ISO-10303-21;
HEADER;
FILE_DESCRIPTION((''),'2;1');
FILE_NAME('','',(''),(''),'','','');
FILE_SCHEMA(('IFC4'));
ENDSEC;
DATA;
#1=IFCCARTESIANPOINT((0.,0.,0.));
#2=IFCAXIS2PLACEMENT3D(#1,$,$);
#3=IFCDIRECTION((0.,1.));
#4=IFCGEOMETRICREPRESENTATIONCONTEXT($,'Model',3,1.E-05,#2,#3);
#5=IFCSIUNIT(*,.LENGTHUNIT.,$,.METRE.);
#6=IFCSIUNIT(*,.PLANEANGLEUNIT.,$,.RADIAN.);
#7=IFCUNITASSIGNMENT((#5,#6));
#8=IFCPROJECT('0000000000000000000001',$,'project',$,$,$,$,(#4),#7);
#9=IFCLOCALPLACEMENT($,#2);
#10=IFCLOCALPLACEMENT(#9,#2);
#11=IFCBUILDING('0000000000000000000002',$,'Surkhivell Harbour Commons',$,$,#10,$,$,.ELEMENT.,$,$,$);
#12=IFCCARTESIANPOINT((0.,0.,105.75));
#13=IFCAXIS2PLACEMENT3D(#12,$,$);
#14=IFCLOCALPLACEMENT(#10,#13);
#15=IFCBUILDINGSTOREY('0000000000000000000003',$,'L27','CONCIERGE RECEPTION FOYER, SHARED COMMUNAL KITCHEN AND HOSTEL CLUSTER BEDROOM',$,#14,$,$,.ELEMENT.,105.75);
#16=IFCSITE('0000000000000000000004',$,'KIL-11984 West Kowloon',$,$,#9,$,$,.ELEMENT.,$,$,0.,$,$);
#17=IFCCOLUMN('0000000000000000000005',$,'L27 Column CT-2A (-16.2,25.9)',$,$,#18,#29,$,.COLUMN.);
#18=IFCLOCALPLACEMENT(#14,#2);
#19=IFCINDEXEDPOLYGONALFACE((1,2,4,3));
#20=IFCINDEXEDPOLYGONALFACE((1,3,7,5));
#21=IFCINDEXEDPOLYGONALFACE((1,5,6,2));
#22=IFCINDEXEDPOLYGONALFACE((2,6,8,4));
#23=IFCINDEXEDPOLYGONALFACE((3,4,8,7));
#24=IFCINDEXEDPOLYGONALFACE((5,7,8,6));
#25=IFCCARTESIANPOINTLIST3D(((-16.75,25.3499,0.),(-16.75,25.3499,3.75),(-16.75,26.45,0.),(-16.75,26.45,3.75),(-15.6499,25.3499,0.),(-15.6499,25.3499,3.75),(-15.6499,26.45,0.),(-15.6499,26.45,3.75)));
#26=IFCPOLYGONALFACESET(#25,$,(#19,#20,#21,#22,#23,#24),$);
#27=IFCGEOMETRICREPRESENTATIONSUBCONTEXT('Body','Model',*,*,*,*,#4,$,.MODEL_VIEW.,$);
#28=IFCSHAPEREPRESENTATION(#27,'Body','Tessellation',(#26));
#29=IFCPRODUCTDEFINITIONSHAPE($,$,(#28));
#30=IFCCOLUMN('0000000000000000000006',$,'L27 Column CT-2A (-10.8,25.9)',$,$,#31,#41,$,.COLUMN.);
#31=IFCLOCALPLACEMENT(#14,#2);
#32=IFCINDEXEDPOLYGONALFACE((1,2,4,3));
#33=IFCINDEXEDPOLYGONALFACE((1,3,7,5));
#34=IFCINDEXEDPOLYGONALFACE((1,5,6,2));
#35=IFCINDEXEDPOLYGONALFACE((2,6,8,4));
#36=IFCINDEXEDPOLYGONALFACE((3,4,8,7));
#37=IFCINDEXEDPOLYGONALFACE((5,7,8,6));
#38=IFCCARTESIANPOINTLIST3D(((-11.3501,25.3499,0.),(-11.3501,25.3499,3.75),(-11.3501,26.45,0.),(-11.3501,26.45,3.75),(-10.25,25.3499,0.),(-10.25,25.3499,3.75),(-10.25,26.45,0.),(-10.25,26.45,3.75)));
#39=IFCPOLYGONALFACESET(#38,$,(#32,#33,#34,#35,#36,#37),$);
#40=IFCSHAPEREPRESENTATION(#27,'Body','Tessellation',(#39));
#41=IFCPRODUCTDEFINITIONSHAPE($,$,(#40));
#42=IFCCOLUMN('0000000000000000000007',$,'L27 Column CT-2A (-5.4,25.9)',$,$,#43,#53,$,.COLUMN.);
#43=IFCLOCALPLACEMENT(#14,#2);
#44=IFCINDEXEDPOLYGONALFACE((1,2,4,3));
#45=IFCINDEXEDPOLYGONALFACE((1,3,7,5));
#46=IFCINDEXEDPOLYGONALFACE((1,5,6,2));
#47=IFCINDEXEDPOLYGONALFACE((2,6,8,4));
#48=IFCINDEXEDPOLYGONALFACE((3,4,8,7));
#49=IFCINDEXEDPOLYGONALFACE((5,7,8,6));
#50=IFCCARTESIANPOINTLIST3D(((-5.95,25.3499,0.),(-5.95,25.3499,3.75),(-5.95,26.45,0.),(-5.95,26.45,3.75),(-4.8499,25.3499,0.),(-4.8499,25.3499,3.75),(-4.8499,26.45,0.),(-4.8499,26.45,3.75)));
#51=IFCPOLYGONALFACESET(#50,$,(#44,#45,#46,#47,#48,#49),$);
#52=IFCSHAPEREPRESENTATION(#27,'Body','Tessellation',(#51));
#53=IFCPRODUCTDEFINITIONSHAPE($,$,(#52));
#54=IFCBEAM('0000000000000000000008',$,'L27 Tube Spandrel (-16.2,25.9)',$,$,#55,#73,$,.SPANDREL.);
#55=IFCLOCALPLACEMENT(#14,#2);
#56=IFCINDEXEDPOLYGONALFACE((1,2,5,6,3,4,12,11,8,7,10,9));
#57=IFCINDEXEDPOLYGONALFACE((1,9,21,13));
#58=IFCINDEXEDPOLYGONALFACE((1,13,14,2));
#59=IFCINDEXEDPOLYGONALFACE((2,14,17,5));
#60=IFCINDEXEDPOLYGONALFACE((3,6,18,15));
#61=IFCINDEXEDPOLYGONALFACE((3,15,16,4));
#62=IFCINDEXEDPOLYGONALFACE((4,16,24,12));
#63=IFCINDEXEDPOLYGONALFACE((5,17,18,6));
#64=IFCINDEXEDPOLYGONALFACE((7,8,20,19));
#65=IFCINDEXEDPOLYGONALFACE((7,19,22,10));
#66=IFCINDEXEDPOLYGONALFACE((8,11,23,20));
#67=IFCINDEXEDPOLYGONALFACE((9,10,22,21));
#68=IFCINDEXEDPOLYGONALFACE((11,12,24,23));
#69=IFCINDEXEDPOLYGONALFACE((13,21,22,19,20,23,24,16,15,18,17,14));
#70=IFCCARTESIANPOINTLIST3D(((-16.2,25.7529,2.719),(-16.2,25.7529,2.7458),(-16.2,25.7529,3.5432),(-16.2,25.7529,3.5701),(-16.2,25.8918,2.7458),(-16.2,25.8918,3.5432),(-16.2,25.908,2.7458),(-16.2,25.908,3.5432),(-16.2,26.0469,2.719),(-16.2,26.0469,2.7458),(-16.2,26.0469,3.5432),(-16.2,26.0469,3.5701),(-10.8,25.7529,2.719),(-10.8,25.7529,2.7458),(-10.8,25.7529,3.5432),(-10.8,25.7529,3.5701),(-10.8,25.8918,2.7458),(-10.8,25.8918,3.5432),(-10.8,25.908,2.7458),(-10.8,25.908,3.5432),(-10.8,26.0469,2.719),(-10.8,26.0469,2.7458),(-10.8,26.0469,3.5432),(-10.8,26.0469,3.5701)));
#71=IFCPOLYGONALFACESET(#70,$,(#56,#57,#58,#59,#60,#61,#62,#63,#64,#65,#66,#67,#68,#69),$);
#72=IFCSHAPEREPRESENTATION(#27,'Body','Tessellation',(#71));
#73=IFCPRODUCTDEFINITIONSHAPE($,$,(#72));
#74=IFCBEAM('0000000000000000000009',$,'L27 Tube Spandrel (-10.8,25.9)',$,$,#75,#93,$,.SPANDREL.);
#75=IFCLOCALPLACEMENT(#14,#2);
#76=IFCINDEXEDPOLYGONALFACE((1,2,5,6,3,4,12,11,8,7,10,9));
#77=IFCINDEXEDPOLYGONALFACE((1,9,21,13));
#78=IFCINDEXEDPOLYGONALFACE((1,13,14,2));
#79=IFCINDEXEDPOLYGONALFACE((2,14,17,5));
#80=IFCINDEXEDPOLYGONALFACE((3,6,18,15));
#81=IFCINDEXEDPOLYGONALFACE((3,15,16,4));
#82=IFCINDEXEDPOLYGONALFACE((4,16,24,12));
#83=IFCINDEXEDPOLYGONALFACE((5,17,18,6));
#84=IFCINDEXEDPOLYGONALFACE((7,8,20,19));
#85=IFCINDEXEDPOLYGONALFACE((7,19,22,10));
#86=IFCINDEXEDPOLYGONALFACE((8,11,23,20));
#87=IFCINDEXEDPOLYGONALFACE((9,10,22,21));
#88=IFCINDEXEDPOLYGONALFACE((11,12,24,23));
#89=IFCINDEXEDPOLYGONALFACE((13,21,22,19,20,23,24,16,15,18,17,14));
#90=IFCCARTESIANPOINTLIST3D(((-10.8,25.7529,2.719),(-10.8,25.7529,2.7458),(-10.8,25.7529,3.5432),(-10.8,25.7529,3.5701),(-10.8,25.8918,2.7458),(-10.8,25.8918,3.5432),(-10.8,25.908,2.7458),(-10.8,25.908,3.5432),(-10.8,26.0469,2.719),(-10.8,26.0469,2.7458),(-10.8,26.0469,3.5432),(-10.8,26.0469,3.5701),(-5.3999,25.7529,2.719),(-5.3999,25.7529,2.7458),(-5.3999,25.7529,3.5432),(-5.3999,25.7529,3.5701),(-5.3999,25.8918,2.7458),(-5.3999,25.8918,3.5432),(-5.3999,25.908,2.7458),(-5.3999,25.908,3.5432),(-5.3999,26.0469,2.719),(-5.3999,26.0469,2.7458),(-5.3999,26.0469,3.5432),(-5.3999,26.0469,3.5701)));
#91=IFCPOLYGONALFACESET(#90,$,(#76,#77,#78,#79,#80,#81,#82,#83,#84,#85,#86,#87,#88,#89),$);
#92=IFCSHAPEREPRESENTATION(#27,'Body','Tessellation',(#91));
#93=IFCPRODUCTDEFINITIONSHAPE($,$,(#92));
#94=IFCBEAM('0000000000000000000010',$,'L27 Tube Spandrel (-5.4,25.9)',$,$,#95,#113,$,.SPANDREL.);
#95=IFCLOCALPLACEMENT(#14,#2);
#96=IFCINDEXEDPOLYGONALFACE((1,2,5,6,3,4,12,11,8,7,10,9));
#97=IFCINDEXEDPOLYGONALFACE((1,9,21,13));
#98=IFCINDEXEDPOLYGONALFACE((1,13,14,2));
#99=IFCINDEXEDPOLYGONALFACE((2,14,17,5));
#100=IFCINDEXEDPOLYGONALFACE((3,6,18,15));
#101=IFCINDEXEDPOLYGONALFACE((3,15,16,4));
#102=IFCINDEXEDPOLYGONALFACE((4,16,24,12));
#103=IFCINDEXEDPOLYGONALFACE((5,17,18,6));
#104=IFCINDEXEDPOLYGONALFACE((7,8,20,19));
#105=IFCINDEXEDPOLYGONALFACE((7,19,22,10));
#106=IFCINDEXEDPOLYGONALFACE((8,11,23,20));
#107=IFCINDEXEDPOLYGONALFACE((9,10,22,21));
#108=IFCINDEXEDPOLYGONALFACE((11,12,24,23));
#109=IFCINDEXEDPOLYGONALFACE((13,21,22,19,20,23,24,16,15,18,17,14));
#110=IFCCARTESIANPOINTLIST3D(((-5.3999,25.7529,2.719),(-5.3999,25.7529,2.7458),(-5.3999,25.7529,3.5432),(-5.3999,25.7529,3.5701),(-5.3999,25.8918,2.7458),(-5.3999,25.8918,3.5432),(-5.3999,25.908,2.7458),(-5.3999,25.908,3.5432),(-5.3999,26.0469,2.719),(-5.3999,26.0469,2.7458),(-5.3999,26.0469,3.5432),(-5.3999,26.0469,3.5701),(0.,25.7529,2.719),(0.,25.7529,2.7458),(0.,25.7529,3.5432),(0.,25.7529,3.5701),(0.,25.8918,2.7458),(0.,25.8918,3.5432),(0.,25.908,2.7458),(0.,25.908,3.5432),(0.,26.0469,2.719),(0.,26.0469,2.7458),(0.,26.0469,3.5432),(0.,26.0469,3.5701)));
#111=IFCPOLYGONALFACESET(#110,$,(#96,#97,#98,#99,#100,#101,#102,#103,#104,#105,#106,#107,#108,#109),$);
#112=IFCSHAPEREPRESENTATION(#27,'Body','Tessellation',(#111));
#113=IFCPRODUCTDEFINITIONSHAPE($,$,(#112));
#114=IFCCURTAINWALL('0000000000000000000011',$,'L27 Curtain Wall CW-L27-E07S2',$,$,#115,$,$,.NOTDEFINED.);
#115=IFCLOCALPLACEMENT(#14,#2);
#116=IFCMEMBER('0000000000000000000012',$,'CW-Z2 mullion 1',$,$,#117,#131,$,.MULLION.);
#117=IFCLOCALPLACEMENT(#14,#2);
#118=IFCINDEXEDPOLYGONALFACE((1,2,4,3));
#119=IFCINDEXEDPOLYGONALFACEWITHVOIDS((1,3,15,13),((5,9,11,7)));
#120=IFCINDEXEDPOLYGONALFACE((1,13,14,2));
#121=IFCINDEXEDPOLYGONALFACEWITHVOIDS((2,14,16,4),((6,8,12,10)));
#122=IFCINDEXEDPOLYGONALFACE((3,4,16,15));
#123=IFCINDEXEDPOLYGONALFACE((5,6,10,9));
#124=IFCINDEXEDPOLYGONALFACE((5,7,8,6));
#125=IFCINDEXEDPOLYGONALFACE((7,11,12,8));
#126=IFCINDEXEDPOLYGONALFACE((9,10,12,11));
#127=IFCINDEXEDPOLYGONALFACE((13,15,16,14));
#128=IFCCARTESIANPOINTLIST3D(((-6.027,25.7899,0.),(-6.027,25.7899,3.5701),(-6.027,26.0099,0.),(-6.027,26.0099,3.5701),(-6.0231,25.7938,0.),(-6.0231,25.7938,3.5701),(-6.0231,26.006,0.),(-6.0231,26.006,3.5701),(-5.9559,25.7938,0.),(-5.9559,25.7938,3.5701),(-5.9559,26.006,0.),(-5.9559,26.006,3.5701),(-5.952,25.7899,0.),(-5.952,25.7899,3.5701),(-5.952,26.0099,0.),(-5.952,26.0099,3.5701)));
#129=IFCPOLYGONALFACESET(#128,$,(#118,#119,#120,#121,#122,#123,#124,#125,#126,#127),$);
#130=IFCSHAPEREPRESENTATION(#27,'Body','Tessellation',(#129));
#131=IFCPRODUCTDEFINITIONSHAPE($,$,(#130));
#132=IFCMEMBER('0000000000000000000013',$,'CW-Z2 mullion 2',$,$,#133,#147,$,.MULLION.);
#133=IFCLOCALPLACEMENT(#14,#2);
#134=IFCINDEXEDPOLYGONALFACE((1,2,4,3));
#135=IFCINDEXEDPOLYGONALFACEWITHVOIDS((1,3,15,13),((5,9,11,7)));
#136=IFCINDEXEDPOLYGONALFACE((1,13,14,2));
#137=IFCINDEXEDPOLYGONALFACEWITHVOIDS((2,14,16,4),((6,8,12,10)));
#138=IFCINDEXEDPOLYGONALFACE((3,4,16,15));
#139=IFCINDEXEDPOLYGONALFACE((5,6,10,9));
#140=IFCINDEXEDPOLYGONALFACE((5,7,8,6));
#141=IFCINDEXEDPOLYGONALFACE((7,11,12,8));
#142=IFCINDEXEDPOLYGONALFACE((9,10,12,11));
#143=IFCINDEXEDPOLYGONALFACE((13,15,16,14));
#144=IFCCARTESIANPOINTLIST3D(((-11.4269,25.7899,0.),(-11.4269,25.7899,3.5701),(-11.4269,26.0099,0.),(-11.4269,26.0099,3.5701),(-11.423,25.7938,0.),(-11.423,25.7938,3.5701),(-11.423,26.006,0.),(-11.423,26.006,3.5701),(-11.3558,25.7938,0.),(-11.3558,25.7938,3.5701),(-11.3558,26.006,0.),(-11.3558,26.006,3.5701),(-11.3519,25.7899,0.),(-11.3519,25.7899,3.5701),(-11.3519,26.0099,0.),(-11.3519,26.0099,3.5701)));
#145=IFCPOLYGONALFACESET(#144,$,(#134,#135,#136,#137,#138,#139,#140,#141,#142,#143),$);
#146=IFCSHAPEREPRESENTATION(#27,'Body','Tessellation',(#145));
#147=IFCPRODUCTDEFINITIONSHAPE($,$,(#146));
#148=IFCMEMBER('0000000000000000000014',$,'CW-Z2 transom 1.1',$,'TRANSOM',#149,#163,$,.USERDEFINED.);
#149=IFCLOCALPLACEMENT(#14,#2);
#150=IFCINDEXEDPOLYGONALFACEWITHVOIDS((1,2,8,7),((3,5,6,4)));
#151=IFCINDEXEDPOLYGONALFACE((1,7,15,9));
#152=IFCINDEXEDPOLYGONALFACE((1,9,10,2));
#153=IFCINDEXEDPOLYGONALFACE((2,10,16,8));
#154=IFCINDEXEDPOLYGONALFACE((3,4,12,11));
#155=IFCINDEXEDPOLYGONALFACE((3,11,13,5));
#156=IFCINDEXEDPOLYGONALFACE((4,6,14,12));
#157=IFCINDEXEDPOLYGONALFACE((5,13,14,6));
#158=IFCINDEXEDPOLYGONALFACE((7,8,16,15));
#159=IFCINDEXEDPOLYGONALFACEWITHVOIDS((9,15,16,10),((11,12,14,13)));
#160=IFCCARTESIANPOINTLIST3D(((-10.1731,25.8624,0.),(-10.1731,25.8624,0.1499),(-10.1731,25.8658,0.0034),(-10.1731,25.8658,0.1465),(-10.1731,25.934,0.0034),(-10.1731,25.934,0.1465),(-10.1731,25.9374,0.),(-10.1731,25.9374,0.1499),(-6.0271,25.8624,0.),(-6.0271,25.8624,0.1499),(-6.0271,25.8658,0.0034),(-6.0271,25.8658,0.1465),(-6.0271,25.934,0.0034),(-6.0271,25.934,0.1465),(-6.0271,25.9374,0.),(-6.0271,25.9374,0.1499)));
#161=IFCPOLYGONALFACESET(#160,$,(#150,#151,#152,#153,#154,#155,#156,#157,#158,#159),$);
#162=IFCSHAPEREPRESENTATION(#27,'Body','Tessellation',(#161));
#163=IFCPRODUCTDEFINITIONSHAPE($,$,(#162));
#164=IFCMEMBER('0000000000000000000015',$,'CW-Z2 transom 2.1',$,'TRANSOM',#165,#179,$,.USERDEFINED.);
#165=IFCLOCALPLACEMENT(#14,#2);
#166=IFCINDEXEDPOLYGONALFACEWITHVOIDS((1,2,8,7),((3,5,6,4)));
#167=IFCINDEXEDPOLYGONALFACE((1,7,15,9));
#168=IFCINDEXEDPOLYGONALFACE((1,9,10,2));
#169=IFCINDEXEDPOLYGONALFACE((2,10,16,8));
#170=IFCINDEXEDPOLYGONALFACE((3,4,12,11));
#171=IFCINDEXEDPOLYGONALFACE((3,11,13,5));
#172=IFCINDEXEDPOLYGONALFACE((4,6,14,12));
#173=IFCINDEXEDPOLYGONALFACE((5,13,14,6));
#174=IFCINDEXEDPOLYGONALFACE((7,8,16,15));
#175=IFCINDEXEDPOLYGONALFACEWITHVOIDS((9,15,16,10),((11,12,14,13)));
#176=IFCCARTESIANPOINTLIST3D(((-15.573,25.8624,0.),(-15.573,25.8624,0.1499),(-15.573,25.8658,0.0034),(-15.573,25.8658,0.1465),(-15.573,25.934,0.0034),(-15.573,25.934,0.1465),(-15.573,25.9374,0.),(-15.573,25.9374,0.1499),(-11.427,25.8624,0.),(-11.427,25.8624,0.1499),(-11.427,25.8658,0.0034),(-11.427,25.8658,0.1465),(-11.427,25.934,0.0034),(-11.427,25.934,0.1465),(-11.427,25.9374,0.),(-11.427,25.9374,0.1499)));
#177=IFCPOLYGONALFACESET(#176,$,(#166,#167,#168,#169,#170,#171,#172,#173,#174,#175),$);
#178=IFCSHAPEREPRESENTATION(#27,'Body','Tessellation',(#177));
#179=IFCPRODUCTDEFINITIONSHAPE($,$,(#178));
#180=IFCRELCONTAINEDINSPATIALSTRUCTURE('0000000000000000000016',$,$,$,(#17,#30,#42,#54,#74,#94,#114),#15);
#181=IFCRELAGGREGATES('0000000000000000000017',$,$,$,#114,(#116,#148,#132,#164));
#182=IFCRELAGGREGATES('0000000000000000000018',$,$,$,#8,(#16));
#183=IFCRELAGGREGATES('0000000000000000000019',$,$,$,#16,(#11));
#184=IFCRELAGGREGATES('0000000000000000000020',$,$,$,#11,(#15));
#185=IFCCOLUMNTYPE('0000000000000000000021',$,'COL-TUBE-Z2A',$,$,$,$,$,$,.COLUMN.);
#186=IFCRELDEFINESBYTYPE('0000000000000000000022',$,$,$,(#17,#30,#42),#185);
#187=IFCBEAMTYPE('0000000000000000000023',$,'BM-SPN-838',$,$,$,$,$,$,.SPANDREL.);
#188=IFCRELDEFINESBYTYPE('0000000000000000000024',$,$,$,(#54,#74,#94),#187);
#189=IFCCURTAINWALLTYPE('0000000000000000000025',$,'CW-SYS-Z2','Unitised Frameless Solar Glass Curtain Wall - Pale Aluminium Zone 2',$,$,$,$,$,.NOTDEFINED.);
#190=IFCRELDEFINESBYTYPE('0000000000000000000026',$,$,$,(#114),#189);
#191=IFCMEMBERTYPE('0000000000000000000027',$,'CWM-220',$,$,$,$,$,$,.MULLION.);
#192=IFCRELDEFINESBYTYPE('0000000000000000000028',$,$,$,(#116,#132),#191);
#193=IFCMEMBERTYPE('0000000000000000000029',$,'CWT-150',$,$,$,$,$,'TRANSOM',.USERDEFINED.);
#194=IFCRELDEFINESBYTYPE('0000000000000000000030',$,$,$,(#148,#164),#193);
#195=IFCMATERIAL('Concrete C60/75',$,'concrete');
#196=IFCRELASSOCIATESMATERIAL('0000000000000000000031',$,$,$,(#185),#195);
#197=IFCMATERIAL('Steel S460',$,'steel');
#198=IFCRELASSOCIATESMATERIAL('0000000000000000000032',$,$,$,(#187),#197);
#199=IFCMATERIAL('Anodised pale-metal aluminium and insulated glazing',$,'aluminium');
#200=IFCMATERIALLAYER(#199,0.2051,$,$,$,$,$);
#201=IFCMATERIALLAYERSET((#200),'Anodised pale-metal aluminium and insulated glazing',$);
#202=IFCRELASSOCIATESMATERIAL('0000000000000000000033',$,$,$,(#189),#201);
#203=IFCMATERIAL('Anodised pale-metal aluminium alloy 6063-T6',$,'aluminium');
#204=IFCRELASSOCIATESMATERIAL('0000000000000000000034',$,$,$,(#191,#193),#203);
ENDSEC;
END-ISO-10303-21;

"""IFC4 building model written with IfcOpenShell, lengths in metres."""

from ifc_helpers import new_model, si_unit, direction, frame, origin, origin_2d, place, context, subcontext, project, spatial, rectangle, hollow_rectangle, i_section, extrude, material, layer, layer_set, material_profile, profile_set, type_object, element, aggregate, save


model = new_model("IFC4")

# Units and contexts
model_context = context("Model", 3, precision=1e-05, world=origin(), true_north=direction((0.0, 1.0)))
body_context = subcontext(model_context, "Body", "Model", "MODEL_VIEW")
ifc_project = project(units=[si_unit("LENGTHUNIT", "METRE"), si_unit("PLANEANGLEUNIT", "RADIAN")], contexts=[model_context])

# Site, building, storey
site_placement = place(None, origin())
site = spatial("IfcSite", under=ifc_project, at=site_placement, Name="KIL-11984 West Kowloon", CompositionType="ELEMENT", RefElevation=0.0)
building_placement = place(site_placement, origin())
building = spatial("IfcBuilding", under=site, at=building_placement, Name="Surkhivell Harbour Commons", CompositionType="ELEMENT")
storey_placement = place(building_placement, frame((0.0, 0.0, 105.75)))
storey = spatial("IfcBuildingStorey", under=building, at=storey_placement, Name="L27", Description="CONCIERGE RECEPTION FOYER, SHARED COMMUNAL KITCHEN AND HOSTEL CLUSTER BEDROOM", CompositionType="ELEMENT", Elevation=105.75)

# Columns
ifc_material_1 = material(Name="Concrete C60/75", Category="concrete")
ifc_material_profile_1 = material_profile(ifc_material_1, rectangle(XDim=1.1001, YDim=1.1001, at=origin_2d()), Name="RC-COL-1100x1100")
ifc_profile_set_1 = profile_set([ifc_material_profile_1], Name="Concrete C60/75")
column_type = type_object("IfcColumnType", Name="COL-TUBE-Z2A", PredefinedType="COLUMN", material=ifc_profile_set_1)
for number, where, z_axis, x_axis, name in (
    (1, (-16.2, 25.8999, 0.0), (0.0, 0.0, 1.0), (1.0, 0.0, 0.0), "L27 Column CT-2A (-16.2,25.9)"),
    (2, (-10.8, 25.8999, 0.0), (0.0, 0.0, 1.0), (1.0, 0.0, 0.0), "L27 Column CT-2A (-10.8,25.9)"),
    (3, (-5.3999, 25.8999, 0.0), (0.0, 0.0, 1.0), (1.0, 0.0, 0.0), "L27 Column CT-2A (-5.4,25.9)"),
):
    element("IfcColumn", number, at=place(storey_placement, frame(where, z_axis=z_axis, x_axis=x_axis)), inside=storey, type_object=column_type, Name=name, PredefinedType="COLUMN", context=body_context, shape_type="SweptSolid", body=[
        extrude(rectangle(XDim=1.1001, YDim=1.1001, at=origin_2d()), origin(), (0.0, 0.0, 1.0), 3.75),
    ])

# Beams
ifc_material_2 = material(Name="Steel S460", Category="steel")
ifc_material_profile_2 = material_profile(ifc_material_2, i_section(OverallWidth=0.2939, OverallDepth=0.8511, WebThickness=0.0161, FlangeThickness=0.0269, at=origin_2d()), Name="UB838x292x226")
ifc_profile_set_2 = profile_set([ifc_material_profile_2], Name="Steel S460")
beam_type = type_object("IfcBeamType", Name="BM-SPN-838", PredefinedType="SPANDREL", material=ifc_profile_set_2)
beam_1_placement = place(storey_placement, frame((-16.2, 25.8999, 3.1445), z_axis=(1.0, 0.0, 0.0), x_axis=(0.0, 1.0, 0.0)))
element("IfcBeam", 4, at=beam_1_placement, inside=storey, type_object=beam_type, Name="L27 Tube Spandrel (-16.2,25.9)", PredefinedType="SPANDREL", context=body_context, shape_type="SweptSolid", body=[
    extrude(i_section(OverallWidth=0.2939, OverallDepth=0.8511, WebThickness=0.0161, FlangeThickness=0.0269, at=origin_2d()), origin(), (0.0, 0.0, 1.0), 5.3999),
])
beam_2_placement = place(storey_placement, frame((-10.8, 25.8999, 3.1445), z_axis=(1.0, 0.0, 0.0), x_axis=(0.0, 1.0, 0.0)))
element("IfcBeam", 5, at=beam_2_placement, inside=storey, type_object=beam_type, Name="L27 Tube Spandrel (-10.8,25.9)", PredefinedType="SPANDREL", context=body_context, shape_type="SweptSolid", body=[
    extrude(i_section(OverallWidth=0.2939, OverallDepth=0.8511, WebThickness=0.0161, FlangeThickness=0.0269, at=origin_2d()), origin(), (0.0, 0.0, 1.0), 5.4001),
])
beam_3_placement = place(storey_placement, frame((-5.3999, 25.8999, 3.1445), z_axis=(1.0, 0.0, 0.0), x_axis=(0.0, 1.0, 0.0)))
element("IfcBeam", 6, at=beam_3_placement, inside=storey, type_object=beam_type, Name="L27 Tube Spandrel (-5.4,25.9)", PredefinedType="SPANDREL", context=body_context, shape_type="SweptSolid", body=[
    extrude(i_section(OverallWidth=0.2939, OverallDepth=0.8511, WebThickness=0.0161, FlangeThickness=0.0269, at=origin_2d()), origin(), (0.0, 0.0, 1.0), 5.3999),
])

# Curtain wall, members
ifc_material_3 = material(Name="Anodised pale-metal aluminium and insulated glazing", Category="aluminium")
ifc_layer_1 = layer(ifc_material_3, 0.2051)
ifc_layer_set_1 = layer_set([ifc_layer_1], Name="Anodised pale-metal aluminium and insulated glazing")
curtain_wall_type = type_object("IfcCurtainWallType", Name="CW-SYS-Z2", Description="Unitised Frameless Solar Glass Curtain Wall - Pale Aluminium Zone 2", PredefinedType="NOTDEFINED", material=ifc_layer_set_1)
curtain_wall_placement = place(storey_placement, origin())
curtain_wall = element("IfcCurtainWall", 7, at=curtain_wall_placement, inside=storey, type_object=curtain_wall_type, Name="L27 Curtain Wall CW-L27-E07S2", PredefinedType="NOTDEFINED")
ifc_material_4 = material(Name="Anodised pale-metal aluminium alloy 6063-T6", Category="aluminium")
ifc_material_profile_3 = material_profile(ifc_material_4, hollow_rectangle(XDim=0.075, YDim=0.22, WallThickness=0.0039, at=origin_2d()), Name="ALU-MULL-75x220")
ifc_profile_set_3 = profile_set([ifc_material_profile_3], Name="Anodised pale-metal aluminium alloy 6063-T6")
member_type_1 = type_object("IfcMemberType", Name="CWM-220", PredefinedType="MULLION", material=ifc_profile_set_3)
member_1_placement = place(storey_placement, frame((-5.9895, 25.8999, 0.0), z_axis=(0.0, 0.0, 1.0), x_axis=(-1.0, 0.0, 0.0)))
member_1 = element("IfcMember", 8, at=member_1_placement, type_object=member_type_1, Name="CW-Z2 mullion 1", PredefinedType="MULLION", context=body_context, shape_type="SweptSolid", body=[
    extrude(hollow_rectangle(XDim=0.075, YDim=0.22, WallThickness=0.0039, at=origin_2d()), origin(), (0.0, 0.0, 1.0), 3.5701),
])
member_2_placement = place(storey_placement, frame((-11.3894, 25.8999, 0.0), z_axis=(0.0, 0.0, 1.0), x_axis=(-1.0, 0.0, 0.0)))
member_2 = element("IfcMember", 9, at=member_2_placement, type_object=member_type_1, Name="CW-Z2 mullion 2", PredefinedType="MULLION", context=body_context, shape_type="SweptSolid", body=[
    extrude(hollow_rectangle(XDim=0.075, YDim=0.22, WallThickness=0.0039, at=origin_2d()), origin(), (0.0, 0.0, 1.0), 3.5701),
])
ifc_material_profile_4 = material_profile(ifc_material_4, hollow_rectangle(XDim=0.075, YDim=0.1499, WallThickness=0.0034, at=origin_2d()), Name="ALU-TRAN-75x150")
ifc_profile_set_4 = profile_set([ifc_material_profile_4], Name="Anodised pale-metal aluminium alloy 6063-T6")
member_type_2 = type_object("IfcMemberType", Name="CWT-150", ElementType="TRANSOM", PredefinedType="USERDEFINED", material=ifc_profile_set_4)
member_3_placement = place(storey_placement, frame((-6.0271, 25.8999, 0.075), z_axis=(-1.0, 0.0, 0.0), x_axis=(0.0, -1.0, 0.0)))
member_3 = element("IfcMember", 10, at=member_3_placement, type_object=member_type_2, Name="CW-Z2 transom 1.1", ObjectType="TRANSOM", PredefinedType="USERDEFINED", context=body_context, shape_type="SweptSolid", body=[
    extrude(hollow_rectangle(XDim=0.075, YDim=0.1499, WallThickness=0.0034, at=origin_2d()), origin(), (0.0, 0.0, 1.0), 4.146),
])
member_4_placement = place(storey_placement, frame((-11.427, 25.8999, 0.075), z_axis=(-1.0, 0.0, 0.0), x_axis=(0.0, -1.0, 0.0)))
member_4 = element("IfcMember", 11, at=member_4_placement, type_object=member_type_2, Name="CW-Z2 transom 2.1", ObjectType="TRANSOM", PredefinedType="USERDEFINED", context=body_context, shape_type="SweptSolid", body=[
    extrude(hollow_rectangle(XDim=0.075, YDim=0.1499, WallThickness=0.0034, at=origin_2d()), origin(), (0.0, 0.0, 1.0), 4.146),
])

aggregate(curtain_wall, [member_1, member_3, member_2, member_4])

save(model, "model.ifc")
